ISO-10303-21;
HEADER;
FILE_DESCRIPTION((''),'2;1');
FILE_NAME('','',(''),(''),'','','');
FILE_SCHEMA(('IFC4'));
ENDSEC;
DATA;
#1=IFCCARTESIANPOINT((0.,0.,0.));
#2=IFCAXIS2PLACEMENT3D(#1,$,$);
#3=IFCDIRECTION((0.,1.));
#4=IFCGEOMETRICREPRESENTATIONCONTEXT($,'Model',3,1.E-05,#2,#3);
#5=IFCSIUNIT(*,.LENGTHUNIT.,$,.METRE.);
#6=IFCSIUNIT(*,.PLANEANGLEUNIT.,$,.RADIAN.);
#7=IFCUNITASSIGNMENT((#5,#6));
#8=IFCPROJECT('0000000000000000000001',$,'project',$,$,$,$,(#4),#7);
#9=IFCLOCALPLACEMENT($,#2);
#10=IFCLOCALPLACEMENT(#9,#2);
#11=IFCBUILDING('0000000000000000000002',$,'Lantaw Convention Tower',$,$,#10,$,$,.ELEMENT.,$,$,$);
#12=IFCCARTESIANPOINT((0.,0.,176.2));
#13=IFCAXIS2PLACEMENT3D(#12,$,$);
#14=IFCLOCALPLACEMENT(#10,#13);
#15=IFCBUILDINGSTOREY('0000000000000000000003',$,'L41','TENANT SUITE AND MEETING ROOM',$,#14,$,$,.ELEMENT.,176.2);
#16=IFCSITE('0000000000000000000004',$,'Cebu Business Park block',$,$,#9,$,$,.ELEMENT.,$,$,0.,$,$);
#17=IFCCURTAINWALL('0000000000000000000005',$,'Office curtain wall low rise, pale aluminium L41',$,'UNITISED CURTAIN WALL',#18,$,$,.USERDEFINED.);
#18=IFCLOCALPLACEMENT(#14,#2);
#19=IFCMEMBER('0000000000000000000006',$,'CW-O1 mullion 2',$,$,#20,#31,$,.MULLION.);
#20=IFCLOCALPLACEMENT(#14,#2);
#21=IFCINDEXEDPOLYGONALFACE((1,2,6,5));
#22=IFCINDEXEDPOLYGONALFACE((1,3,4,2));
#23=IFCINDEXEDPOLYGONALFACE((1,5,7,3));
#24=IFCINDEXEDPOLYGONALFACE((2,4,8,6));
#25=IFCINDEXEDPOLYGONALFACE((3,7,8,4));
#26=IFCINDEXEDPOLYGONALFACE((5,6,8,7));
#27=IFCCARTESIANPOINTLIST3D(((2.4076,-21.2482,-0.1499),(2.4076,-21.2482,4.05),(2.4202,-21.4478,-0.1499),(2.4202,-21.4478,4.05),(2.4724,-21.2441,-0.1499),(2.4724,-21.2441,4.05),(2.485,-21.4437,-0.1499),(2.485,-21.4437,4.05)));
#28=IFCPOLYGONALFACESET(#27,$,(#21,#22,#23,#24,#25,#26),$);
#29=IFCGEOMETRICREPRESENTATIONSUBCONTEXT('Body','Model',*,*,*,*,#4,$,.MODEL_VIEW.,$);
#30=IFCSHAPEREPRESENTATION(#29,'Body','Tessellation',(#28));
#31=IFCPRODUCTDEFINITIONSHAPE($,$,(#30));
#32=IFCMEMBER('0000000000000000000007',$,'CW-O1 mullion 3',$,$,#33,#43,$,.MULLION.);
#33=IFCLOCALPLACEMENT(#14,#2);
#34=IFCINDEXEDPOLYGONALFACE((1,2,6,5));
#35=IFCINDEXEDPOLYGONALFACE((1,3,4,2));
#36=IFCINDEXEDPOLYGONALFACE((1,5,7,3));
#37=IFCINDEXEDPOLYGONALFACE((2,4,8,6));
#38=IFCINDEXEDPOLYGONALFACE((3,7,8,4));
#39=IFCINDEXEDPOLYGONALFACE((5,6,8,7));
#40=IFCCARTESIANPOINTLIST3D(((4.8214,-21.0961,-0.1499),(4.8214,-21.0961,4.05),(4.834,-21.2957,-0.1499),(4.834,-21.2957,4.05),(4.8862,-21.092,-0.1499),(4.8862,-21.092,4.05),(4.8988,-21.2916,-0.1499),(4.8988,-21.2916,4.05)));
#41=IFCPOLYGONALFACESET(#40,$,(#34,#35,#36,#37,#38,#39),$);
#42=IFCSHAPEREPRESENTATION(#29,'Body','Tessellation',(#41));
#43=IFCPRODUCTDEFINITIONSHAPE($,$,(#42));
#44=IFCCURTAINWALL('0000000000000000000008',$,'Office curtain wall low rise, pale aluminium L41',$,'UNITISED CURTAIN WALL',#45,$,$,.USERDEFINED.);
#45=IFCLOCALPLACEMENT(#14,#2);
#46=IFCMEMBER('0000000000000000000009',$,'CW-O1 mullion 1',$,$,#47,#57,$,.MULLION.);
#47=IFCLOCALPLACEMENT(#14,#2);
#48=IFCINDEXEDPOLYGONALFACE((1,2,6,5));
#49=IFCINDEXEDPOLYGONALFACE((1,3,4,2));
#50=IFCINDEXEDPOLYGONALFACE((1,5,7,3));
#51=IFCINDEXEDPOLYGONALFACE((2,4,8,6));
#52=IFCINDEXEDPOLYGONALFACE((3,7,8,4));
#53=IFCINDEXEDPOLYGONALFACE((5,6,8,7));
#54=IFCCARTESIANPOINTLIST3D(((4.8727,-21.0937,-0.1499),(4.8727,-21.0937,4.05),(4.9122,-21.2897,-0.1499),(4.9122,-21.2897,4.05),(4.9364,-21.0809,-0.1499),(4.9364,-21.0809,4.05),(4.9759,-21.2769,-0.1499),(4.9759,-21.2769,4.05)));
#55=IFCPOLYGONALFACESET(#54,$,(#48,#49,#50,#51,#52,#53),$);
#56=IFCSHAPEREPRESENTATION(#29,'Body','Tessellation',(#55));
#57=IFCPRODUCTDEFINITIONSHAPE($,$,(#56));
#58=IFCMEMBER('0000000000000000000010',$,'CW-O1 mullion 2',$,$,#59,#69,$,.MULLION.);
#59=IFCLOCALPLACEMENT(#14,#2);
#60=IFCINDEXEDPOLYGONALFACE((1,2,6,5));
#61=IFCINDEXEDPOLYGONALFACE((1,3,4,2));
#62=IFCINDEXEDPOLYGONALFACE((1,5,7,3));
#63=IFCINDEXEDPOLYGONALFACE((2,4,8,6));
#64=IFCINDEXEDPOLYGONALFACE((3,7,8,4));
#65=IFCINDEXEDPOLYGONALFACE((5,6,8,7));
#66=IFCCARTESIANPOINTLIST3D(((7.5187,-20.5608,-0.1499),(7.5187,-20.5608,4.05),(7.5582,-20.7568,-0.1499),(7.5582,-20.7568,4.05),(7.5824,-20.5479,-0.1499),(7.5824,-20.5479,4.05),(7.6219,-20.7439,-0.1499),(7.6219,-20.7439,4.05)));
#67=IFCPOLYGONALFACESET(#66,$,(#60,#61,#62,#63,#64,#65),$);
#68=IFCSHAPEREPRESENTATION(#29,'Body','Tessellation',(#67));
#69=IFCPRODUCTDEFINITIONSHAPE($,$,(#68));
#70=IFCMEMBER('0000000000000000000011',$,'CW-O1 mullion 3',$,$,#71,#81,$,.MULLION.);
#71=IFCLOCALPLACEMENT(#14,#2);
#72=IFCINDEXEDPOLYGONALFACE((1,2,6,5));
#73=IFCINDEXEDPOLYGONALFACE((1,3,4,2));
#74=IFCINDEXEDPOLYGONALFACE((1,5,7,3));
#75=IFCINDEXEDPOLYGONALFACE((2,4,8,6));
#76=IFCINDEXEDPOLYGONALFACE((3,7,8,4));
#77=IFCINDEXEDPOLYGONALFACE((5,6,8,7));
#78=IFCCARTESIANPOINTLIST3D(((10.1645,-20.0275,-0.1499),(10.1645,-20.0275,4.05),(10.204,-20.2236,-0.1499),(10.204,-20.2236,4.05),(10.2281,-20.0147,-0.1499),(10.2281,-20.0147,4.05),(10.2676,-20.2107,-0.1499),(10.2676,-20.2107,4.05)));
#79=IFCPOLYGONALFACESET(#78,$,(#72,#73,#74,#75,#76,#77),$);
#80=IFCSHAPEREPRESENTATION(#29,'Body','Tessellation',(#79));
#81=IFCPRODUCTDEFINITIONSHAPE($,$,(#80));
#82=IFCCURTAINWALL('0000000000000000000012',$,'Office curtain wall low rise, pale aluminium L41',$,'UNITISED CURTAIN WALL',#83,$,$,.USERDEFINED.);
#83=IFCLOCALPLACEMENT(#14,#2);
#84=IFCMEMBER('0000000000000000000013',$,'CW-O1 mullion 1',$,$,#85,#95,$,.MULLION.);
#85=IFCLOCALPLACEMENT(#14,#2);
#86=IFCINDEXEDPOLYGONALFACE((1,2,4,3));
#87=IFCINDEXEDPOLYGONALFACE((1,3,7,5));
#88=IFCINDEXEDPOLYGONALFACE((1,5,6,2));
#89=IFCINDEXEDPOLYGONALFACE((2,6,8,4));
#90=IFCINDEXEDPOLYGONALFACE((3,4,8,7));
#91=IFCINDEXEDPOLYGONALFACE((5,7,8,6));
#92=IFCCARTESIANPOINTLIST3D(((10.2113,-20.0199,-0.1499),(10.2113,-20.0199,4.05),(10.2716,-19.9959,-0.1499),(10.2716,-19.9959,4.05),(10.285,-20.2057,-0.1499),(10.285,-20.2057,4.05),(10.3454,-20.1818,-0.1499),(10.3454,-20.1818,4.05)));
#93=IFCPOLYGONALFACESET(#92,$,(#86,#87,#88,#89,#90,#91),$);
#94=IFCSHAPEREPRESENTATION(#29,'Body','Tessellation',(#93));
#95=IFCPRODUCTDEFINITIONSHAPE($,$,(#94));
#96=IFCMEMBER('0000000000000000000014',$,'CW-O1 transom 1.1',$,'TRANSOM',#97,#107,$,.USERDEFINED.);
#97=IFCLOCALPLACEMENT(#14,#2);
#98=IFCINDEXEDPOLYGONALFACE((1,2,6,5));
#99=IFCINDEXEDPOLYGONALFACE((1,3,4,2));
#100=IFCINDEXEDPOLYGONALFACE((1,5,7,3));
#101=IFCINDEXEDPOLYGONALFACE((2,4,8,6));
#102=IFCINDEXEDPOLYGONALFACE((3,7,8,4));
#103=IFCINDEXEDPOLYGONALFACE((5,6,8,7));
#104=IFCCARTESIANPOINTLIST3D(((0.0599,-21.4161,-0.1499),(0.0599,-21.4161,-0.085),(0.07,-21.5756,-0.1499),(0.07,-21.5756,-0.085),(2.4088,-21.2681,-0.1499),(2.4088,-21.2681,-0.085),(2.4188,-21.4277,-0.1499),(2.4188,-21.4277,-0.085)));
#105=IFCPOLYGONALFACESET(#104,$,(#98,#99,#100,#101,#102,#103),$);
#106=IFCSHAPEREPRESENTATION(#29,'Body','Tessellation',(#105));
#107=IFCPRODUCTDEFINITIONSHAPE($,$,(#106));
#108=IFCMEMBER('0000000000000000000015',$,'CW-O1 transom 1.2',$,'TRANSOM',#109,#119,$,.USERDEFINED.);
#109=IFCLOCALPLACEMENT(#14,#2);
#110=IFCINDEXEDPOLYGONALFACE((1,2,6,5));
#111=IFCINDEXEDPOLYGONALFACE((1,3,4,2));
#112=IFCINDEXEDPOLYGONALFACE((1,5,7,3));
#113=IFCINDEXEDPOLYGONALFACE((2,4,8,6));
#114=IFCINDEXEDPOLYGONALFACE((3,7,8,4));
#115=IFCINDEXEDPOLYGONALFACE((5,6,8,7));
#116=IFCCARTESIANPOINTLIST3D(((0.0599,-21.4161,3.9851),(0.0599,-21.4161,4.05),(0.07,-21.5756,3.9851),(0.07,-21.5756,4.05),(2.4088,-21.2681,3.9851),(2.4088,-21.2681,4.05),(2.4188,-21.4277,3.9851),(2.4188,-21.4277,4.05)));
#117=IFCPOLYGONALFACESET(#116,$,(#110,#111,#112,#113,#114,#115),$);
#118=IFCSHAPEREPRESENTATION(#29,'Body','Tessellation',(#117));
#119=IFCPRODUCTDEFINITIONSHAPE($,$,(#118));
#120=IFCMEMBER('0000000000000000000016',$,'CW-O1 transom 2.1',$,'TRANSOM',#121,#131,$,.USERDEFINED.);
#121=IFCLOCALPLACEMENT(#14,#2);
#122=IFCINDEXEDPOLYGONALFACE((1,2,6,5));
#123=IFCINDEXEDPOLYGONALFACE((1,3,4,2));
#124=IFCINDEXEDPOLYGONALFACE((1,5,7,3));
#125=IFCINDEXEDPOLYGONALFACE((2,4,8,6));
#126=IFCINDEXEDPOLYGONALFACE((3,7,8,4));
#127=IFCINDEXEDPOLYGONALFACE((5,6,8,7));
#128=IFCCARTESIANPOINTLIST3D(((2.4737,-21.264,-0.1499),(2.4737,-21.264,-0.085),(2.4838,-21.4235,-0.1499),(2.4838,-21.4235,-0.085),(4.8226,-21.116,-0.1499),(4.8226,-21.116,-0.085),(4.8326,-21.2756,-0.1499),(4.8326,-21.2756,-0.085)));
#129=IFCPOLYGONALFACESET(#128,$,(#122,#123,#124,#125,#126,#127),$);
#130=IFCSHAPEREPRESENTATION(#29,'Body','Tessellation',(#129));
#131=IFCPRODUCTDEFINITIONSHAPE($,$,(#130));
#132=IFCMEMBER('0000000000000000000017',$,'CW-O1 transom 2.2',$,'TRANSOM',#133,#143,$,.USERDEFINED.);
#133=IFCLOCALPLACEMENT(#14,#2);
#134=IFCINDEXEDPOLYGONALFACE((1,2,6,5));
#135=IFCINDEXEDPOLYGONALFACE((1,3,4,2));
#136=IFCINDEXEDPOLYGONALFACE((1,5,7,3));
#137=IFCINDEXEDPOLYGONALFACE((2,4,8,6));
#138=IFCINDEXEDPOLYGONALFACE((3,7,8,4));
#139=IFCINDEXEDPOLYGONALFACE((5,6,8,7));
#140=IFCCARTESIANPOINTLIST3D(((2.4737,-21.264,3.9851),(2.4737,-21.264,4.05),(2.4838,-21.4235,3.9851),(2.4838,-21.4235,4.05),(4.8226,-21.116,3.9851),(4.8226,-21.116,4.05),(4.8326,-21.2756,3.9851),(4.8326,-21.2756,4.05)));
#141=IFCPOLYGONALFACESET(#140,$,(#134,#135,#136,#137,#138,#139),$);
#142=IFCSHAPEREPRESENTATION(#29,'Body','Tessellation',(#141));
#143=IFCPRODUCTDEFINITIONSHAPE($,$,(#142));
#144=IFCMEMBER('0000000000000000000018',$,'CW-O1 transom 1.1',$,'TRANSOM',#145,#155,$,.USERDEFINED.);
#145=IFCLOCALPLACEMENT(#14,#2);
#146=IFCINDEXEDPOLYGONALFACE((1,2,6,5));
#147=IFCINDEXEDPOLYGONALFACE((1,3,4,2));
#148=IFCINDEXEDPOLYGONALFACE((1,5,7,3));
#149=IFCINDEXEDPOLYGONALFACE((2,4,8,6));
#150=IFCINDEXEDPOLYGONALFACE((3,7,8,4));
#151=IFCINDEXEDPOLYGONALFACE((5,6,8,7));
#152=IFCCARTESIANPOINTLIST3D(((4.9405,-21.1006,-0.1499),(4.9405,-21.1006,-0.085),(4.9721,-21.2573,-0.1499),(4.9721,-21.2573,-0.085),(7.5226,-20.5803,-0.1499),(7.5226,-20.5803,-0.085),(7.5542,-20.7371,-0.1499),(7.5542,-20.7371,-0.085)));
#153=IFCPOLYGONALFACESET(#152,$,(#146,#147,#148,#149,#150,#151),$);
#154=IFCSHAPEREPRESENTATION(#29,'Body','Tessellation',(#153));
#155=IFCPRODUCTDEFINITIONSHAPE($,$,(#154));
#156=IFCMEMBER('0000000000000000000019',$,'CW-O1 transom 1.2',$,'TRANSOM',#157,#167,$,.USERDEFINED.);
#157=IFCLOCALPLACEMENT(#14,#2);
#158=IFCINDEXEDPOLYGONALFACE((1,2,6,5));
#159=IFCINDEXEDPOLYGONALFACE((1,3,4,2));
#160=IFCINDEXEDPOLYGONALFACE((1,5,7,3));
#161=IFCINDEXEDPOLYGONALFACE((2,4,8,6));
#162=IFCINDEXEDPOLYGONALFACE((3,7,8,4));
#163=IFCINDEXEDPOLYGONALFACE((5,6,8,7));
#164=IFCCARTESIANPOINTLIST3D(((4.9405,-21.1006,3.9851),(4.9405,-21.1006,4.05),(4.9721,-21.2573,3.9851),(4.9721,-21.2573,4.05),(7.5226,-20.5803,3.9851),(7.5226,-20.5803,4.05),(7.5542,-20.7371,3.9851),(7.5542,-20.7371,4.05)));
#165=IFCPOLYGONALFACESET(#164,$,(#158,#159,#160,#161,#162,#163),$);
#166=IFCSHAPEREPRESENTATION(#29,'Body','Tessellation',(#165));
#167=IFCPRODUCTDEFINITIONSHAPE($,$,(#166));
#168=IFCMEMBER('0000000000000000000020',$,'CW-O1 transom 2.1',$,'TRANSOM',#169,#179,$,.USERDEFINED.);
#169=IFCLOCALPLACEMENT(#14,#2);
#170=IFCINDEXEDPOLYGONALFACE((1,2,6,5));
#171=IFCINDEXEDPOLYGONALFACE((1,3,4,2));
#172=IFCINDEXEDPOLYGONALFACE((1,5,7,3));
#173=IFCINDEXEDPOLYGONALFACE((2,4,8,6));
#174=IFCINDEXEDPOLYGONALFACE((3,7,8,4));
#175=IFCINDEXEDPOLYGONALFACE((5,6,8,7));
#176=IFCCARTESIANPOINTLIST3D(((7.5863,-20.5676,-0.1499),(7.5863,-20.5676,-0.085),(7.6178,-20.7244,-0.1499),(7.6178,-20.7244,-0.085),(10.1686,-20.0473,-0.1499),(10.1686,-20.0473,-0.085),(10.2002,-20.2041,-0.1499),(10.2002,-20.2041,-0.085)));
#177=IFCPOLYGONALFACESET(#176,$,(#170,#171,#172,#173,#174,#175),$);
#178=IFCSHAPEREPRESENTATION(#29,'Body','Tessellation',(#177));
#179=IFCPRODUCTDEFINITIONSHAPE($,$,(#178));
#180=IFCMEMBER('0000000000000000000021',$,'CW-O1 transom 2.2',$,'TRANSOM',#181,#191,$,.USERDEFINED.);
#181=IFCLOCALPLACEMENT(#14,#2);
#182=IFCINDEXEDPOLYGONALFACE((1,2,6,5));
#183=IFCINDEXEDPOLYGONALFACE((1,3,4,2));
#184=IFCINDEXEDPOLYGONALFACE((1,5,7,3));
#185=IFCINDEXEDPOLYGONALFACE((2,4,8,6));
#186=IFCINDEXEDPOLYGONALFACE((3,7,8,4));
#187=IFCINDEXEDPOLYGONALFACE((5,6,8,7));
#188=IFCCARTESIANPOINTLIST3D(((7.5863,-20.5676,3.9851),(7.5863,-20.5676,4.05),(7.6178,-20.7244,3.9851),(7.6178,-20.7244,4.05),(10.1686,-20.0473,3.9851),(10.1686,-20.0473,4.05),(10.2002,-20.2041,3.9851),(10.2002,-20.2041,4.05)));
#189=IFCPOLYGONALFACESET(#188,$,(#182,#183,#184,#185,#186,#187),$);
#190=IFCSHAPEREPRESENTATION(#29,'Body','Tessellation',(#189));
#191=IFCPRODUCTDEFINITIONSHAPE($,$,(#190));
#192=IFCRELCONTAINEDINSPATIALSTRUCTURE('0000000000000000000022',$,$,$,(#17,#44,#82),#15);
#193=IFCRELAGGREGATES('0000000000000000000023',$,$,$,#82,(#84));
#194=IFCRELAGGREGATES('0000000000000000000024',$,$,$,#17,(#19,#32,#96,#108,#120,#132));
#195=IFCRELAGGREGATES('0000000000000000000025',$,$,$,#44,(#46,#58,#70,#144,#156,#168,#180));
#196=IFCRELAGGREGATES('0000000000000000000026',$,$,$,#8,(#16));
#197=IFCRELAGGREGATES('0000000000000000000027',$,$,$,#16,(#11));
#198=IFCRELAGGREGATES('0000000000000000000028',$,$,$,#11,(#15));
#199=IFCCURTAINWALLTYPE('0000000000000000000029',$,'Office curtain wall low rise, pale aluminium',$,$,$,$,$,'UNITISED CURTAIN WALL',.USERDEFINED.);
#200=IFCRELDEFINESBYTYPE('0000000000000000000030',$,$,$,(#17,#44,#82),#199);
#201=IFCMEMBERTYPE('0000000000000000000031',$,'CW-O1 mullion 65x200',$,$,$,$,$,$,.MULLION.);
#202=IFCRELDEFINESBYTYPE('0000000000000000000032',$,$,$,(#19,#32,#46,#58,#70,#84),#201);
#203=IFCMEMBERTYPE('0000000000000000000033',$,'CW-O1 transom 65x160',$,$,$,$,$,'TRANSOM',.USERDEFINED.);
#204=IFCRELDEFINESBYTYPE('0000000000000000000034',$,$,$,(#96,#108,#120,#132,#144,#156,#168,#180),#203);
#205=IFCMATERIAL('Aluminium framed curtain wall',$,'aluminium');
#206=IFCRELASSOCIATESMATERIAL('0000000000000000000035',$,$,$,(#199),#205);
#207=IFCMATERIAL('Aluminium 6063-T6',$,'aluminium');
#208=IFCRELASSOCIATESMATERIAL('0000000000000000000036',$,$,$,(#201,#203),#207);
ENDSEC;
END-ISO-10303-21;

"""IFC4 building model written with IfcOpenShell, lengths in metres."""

from ifc_helpers import new_model, si_unit, direction, frame, origin, origin_2d, place, context, subcontext, project, spatial, rectangle, extrude, material, material_profile, profile_set, type_object, element, aggregate, save


model = new_model("IFC4")

# Units and contexts
model_context = context("Model", 3, precision=1e-05, world=origin(), true_north=direction((0.0, 1.0)))
body_context = subcontext(model_context, "Body", "Model", "MODEL_VIEW")
ifc_project = project(units=[si_unit("LENGTHUNIT", "METRE"), si_unit("PLANEANGLEUNIT", "RADIAN")], contexts=[model_context])

# Site, building, storey
site_placement = place(None, origin())
site = spatial("IfcSite", under=ifc_project, at=site_placement, Name="Cebu Business Park block", CompositionType="ELEMENT", RefElevation=0.0)
building_placement = place(site_placement, origin())
building = spatial("IfcBuilding", under=site, at=building_placement, Name="Lantaw Convention Tower", CompositionType="ELEMENT")
storey_placement = place(building_placement, frame((0.0, 0.0, 176.2)))
storey = spatial("IfcBuildingStorey", under=building, at=storey_placement, Name="L41", Description="TENANT SUITE AND MEETING ROOM", CompositionType="ELEMENT", Elevation=176.2)

# Curtain walls, members
ifc_material_1 = material(Name="Aluminium framed curtain wall", Category="aluminium")
curtain_wall_type = type_object("IfcCurtainWallType", Name="Office curtain wall low rise, pale aluminium", ElementType="UNITISED CURTAIN WALL", PredefinedType="USERDEFINED", material=ifc_material_1)
curtain_wall_1_placement = place(storey_placement, origin())
curtain_wall_1 = element("IfcCurtainWall", 1, at=curtain_wall_1_placement, inside=storey, type_object=curtain_wall_type, Name="Office curtain wall low rise, pale aluminium L41", ObjectType="UNITISED CURTAIN WALL", PredefinedType="USERDEFINED")
ifc_material_2 = material(Name="Aluminium 6063-T6", Category="aluminium")
ifc_material_profile_1 = material_profile(ifc_material_2, rectangle(XDim=0.2, YDim=0.0649, at=origin_2d()), Name="CW-O1 mullion 65x200")
ifc_profile_set_1 = profile_set([ifc_material_profile_1], Name="Aluminium 6063-T6")
member_type_1 = type_object("IfcMemberType", Name="CW-O1 mullion 65x200", PredefinedType="MULLION", material=ifc_profile_set_1)
member_1_placement = place(storey_placement, frame((2.4463, -21.3459, -0.1499), z_axis=(0.0, 0.0, 1.0), x_axis=(-0.062865, 0.998022, 0.0)))
member_1 = element("IfcMember", 2, at=member_1_placement, type_object=member_type_1, Name="CW-O1 mullion 2", PredefinedType="MULLION", context=body_context, shape_type="SweptSolid", body=[
    extrude(rectangle(XDim=0.2, YDim=0.0649, at=origin_2d()), origin(), (0.0, 0.0, 1.0), 4.2),
])
member_2_placement = place(storey_placement, frame((4.8601, -21.1938, -0.1499), z_axis=(0.0, 0.0, 1.0), x_axis=(-0.062865, 0.998022, 0.0)))
member_2 = element("IfcMember", 3, at=member_2_placement, type_object=member_type_1, Name="CW-O1 mullion 3", PredefinedType="MULLION", context=body_context, shape_type="SweptSolid", body=[
    extrude(rectangle(XDim=0.2, YDim=0.0649, at=origin_2d()), origin(), (0.0, 0.0, 1.0), 4.2),
])
curtain_wall_2_placement = place(storey_placement, origin())
curtain_wall_2 = element("IfcCurtainWall", 4, at=curtain_wall_2_placement, inside=storey, type_object=curtain_wall_type, Name="Office curtain wall low rise, pale aluminium L41", ObjectType="UNITISED CURTAIN WALL", PredefinedType="USERDEFINED")
member_3_placement = place(storey_placement, frame((4.9243, -21.1853, -0.1499), z_axis=(0.0, 0.0, 1.0), x_axis=(-0.197507, 0.980302, 0.0)))
member_3 = element("IfcMember", 5, at=member_3_placement, type_object=member_type_1, Name="CW-O1 mullion 1", PredefinedType="MULLION", context=body_context, shape_type="SweptSolid", body=[
    extrude(rectangle(XDim=0.2, YDim=0.0649, at=origin_2d()), origin(), (0.0, 0.0, 1.0), 4.2),
])
member_4_placement = place(storey_placement, frame((7.5703, -20.6523, -0.1499), z_axis=(0.0, 0.0, 1.0), x_axis=(-0.197507, 0.980302, 0.0)))
member_4 = element("IfcMember", 6, at=member_4_placement, type_object=member_type_1, Name="CW-O1 mullion 2", PredefinedType="MULLION", context=body_context, shape_type="SweptSolid", body=[
    extrude(rectangle(XDim=0.2, YDim=0.0649, at=origin_2d()), origin(), (0.0, 0.0, 1.0), 4.2),
])
member_5_placement = place(storey_placement, frame((10.2161, -20.1191, -0.1499), z_axis=(0.0, 0.0, 1.0), x_axis=(-0.197507, 0.980302, 0.0)))
member_5 = element("IfcMember", 7, at=member_5_placement, type_object=member_type_1, Name="CW-O1 mullion 3", PredefinedType="MULLION", context=body_context, shape_type="SweptSolid", body=[
    extrude(rectangle(XDim=0.2, YDim=0.0649, at=origin_2d()), origin(), (0.0, 0.0, 1.0), 4.2),
])

# Curtain wall, member
curtain_wall_3_placement = place(storey_placement, origin())
curtain_wall_3 = element("IfcCurtainWall", 8, at=curtain_wall_3_placement, inside=storey, type_object=curtain_wall_type, Name="Office curtain wall low rise, pale aluminium L41", ObjectType="UNITISED CURTAIN WALL", PredefinedType="USERDEFINED")
member_6_placement = place(storey_placement, frame((10.2783, -20.1008, -0.1499), z_axis=(0.0, 0.0, 1.0), x_axis=(-0.368702, 0.929548, 0.0)))
member_6 = element("IfcMember", 9, at=member_6_placement, type_object=member_type_1, Name="CW-O1 mullion 1", PredefinedType="MULLION", context=body_context, shape_type="SweptSolid", body=[
    extrude(rectangle(XDim=0.2, YDim=0.0649, at=origin_2d()), origin(), (0.0, 0.0, 1.0), 4.2),
])

# Members
ifc_material_profile_2 = material_profile(ifc_material_2, rectangle(XDim=0.1599, YDim=0.0649, at=origin_2d()), Name="CW-O1 transom 65x160")
ifc_profile_set_2 = profile_set([ifc_material_profile_2], Name="Aluminium 6063-T6")
member_type_2 = type_object("IfcMemberType", Name="CW-O1 transom 65x160", ElementType="TRANSOM", PredefinedType="USERDEFINED", material=ifc_profile_set_2)
member_7_placement = place(storey_placement, frame((0.0649, -21.4958, -0.1174), z_axis=(0.998022, 0.062863, 0.0), x_axis=(-0.062863, 0.998022, 0.0)))
member_7 = element("IfcMember", 10, at=member_7_placement, type_object=member_type_2, Name="CW-O1 transom 1.1", ObjectType="TRANSOM", PredefinedType="USERDEFINED", context=body_context, shape_type="SweptSolid", body=[
    extrude(rectangle(XDim=0.1599, YDim=0.0649, at=origin_2d()), origin(), (0.0, 0.0, 1.0), 2.3535),
])
member_8_placement = place(storey_placement, frame((0.0649, -21.4958, 4.0176), z_axis=(0.998022, 0.062863, 0.0), x_axis=(-0.062863, 0.998022, 0.0)))
member_8 = element("IfcMember", 11, at=member_8_placement, type_object=member_type_2, Name="CW-O1 transom 1.2", ObjectType="TRANSOM", PredefinedType="USERDEFINED", context=body_context, shape_type="SweptSolid", body=[
    extrude(rectangle(XDim=0.1599, YDim=0.0649, at=origin_2d()), origin(), (0.0, 0.0, 1.0), 2.3535),
])
member_9_placement = place(storey_placement, frame((2.4788, -21.3438, -0.1174), z_axis=(0.998022, 0.062863, 0.0), x_axis=(-0.062863, 0.998022, 0.0)))
member_9 = element("IfcMember", 12, at=member_9_placement, type_object=member_type_2, Name="CW-O1 transom 2.1", ObjectType="TRANSOM", PredefinedType="USERDEFINED", context=body_context, shape_type="SweptSolid", body=[
    extrude(rectangle(XDim=0.1599, YDim=0.0649, at=origin_2d()), origin(), (0.0, 0.0, 1.0), 2.3535),
])
member_10_placement = place(storey_placement, frame((2.4788, -21.3438, 4.0176), z_axis=(0.998022, 0.062863, 0.0), x_axis=(-0.062863, 0.998022, 0.0)))
member_10 = element("IfcMember", 13, at=member_10_placement, type_object=member_type_2, Name="CW-O1 transom 2.2", ObjectType="TRANSOM", PredefinedType="USERDEFINED", context=body_context, shape_type="SweptSolid", body=[
    extrude(rectangle(XDim=0.1599, YDim=0.0649, at=origin_2d()), origin(), (0.0, 0.0, 1.0), 2.3535),
])
member_11_placement = place(storey_placement, frame((4.9563, -21.179, -0.1174), z_axis=(0.980298, 0.197524, 0.0), x_axis=(-0.197524, 0.980298, 0.0)))
member_11 = element("IfcMember", 14, at=member_11_placement, type_object=member_type_2, Name="CW-O1 transom 1.1", ObjectType="TRANSOM", PredefinedType="USERDEFINED", context=body_context, shape_type="SweptSolid", body=[
    extrude(rectangle(XDim=0.1599, YDim=0.0649, at=origin_2d()), origin(), (0.0, 0.0, 1.0), 2.634),
])
member_12_placement = place(storey_placement, frame((4.9563, -21.179, 4.0176), z_axis=(0.980298, 0.197524, 0.0), x_axis=(-0.197524, 0.980298, 0.0)))
member_12 = element("IfcMember", 15, at=member_12_placement, type_object=member_type_2, Name="CW-O1 transom 1.2", ObjectType="TRANSOM", PredefinedType="USERDEFINED", context=body_context, shape_type="SweptSolid", body=[
    extrude(rectangle(XDim=0.1599, YDim=0.0649, at=origin_2d()), origin(), (0.0, 0.0, 1.0), 2.634),
])
member_13_placement = place(storey_placement, frame((7.6021, -20.646, -0.1174), z_axis=(0.980302, 0.197506, 0.0), x_axis=(-0.197506, 0.980302, 0.0)))
member_13 = element("IfcMember", 16, at=member_13_placement, type_object=member_type_2, Name="CW-O1 transom 2.1", ObjectType="TRANSOM", PredefinedType="USERDEFINED", context=body_context, shape_type="SweptSolid", body=[
    extrude(rectangle(XDim=0.1599, YDim=0.0649, at=origin_2d()), origin(), (0.0, 0.0, 1.0), 2.6343),
])
member_14_placement = place(storey_placement, frame((7.6021, -20.646, 4.0176), z_axis=(0.980302, 0.197506, 0.0), x_axis=(-0.197506, 0.980302, 0.0)))
member_14 = element("IfcMember", 17, at=member_14_placement, type_object=member_type_2, Name="CW-O1 transom 2.2", ObjectType="TRANSOM", PredefinedType="USERDEFINED", context=body_context, shape_type="SweptSolid", body=[
    extrude(rectangle(XDim=0.1599, YDim=0.0649, at=origin_2d()), origin(), (0.0, 0.0, 1.0), 2.6343),
])
aggregate(curtain_wall_3, [member_6])

aggregate(curtain_wall_1, [member_1, member_2, member_7, member_8, member_9, member_10])
aggregate(curtain_wall_2, [member_3, member_4, member_5, member_11, member_12, member_13, member_14])

save(model, "model.ifc")
